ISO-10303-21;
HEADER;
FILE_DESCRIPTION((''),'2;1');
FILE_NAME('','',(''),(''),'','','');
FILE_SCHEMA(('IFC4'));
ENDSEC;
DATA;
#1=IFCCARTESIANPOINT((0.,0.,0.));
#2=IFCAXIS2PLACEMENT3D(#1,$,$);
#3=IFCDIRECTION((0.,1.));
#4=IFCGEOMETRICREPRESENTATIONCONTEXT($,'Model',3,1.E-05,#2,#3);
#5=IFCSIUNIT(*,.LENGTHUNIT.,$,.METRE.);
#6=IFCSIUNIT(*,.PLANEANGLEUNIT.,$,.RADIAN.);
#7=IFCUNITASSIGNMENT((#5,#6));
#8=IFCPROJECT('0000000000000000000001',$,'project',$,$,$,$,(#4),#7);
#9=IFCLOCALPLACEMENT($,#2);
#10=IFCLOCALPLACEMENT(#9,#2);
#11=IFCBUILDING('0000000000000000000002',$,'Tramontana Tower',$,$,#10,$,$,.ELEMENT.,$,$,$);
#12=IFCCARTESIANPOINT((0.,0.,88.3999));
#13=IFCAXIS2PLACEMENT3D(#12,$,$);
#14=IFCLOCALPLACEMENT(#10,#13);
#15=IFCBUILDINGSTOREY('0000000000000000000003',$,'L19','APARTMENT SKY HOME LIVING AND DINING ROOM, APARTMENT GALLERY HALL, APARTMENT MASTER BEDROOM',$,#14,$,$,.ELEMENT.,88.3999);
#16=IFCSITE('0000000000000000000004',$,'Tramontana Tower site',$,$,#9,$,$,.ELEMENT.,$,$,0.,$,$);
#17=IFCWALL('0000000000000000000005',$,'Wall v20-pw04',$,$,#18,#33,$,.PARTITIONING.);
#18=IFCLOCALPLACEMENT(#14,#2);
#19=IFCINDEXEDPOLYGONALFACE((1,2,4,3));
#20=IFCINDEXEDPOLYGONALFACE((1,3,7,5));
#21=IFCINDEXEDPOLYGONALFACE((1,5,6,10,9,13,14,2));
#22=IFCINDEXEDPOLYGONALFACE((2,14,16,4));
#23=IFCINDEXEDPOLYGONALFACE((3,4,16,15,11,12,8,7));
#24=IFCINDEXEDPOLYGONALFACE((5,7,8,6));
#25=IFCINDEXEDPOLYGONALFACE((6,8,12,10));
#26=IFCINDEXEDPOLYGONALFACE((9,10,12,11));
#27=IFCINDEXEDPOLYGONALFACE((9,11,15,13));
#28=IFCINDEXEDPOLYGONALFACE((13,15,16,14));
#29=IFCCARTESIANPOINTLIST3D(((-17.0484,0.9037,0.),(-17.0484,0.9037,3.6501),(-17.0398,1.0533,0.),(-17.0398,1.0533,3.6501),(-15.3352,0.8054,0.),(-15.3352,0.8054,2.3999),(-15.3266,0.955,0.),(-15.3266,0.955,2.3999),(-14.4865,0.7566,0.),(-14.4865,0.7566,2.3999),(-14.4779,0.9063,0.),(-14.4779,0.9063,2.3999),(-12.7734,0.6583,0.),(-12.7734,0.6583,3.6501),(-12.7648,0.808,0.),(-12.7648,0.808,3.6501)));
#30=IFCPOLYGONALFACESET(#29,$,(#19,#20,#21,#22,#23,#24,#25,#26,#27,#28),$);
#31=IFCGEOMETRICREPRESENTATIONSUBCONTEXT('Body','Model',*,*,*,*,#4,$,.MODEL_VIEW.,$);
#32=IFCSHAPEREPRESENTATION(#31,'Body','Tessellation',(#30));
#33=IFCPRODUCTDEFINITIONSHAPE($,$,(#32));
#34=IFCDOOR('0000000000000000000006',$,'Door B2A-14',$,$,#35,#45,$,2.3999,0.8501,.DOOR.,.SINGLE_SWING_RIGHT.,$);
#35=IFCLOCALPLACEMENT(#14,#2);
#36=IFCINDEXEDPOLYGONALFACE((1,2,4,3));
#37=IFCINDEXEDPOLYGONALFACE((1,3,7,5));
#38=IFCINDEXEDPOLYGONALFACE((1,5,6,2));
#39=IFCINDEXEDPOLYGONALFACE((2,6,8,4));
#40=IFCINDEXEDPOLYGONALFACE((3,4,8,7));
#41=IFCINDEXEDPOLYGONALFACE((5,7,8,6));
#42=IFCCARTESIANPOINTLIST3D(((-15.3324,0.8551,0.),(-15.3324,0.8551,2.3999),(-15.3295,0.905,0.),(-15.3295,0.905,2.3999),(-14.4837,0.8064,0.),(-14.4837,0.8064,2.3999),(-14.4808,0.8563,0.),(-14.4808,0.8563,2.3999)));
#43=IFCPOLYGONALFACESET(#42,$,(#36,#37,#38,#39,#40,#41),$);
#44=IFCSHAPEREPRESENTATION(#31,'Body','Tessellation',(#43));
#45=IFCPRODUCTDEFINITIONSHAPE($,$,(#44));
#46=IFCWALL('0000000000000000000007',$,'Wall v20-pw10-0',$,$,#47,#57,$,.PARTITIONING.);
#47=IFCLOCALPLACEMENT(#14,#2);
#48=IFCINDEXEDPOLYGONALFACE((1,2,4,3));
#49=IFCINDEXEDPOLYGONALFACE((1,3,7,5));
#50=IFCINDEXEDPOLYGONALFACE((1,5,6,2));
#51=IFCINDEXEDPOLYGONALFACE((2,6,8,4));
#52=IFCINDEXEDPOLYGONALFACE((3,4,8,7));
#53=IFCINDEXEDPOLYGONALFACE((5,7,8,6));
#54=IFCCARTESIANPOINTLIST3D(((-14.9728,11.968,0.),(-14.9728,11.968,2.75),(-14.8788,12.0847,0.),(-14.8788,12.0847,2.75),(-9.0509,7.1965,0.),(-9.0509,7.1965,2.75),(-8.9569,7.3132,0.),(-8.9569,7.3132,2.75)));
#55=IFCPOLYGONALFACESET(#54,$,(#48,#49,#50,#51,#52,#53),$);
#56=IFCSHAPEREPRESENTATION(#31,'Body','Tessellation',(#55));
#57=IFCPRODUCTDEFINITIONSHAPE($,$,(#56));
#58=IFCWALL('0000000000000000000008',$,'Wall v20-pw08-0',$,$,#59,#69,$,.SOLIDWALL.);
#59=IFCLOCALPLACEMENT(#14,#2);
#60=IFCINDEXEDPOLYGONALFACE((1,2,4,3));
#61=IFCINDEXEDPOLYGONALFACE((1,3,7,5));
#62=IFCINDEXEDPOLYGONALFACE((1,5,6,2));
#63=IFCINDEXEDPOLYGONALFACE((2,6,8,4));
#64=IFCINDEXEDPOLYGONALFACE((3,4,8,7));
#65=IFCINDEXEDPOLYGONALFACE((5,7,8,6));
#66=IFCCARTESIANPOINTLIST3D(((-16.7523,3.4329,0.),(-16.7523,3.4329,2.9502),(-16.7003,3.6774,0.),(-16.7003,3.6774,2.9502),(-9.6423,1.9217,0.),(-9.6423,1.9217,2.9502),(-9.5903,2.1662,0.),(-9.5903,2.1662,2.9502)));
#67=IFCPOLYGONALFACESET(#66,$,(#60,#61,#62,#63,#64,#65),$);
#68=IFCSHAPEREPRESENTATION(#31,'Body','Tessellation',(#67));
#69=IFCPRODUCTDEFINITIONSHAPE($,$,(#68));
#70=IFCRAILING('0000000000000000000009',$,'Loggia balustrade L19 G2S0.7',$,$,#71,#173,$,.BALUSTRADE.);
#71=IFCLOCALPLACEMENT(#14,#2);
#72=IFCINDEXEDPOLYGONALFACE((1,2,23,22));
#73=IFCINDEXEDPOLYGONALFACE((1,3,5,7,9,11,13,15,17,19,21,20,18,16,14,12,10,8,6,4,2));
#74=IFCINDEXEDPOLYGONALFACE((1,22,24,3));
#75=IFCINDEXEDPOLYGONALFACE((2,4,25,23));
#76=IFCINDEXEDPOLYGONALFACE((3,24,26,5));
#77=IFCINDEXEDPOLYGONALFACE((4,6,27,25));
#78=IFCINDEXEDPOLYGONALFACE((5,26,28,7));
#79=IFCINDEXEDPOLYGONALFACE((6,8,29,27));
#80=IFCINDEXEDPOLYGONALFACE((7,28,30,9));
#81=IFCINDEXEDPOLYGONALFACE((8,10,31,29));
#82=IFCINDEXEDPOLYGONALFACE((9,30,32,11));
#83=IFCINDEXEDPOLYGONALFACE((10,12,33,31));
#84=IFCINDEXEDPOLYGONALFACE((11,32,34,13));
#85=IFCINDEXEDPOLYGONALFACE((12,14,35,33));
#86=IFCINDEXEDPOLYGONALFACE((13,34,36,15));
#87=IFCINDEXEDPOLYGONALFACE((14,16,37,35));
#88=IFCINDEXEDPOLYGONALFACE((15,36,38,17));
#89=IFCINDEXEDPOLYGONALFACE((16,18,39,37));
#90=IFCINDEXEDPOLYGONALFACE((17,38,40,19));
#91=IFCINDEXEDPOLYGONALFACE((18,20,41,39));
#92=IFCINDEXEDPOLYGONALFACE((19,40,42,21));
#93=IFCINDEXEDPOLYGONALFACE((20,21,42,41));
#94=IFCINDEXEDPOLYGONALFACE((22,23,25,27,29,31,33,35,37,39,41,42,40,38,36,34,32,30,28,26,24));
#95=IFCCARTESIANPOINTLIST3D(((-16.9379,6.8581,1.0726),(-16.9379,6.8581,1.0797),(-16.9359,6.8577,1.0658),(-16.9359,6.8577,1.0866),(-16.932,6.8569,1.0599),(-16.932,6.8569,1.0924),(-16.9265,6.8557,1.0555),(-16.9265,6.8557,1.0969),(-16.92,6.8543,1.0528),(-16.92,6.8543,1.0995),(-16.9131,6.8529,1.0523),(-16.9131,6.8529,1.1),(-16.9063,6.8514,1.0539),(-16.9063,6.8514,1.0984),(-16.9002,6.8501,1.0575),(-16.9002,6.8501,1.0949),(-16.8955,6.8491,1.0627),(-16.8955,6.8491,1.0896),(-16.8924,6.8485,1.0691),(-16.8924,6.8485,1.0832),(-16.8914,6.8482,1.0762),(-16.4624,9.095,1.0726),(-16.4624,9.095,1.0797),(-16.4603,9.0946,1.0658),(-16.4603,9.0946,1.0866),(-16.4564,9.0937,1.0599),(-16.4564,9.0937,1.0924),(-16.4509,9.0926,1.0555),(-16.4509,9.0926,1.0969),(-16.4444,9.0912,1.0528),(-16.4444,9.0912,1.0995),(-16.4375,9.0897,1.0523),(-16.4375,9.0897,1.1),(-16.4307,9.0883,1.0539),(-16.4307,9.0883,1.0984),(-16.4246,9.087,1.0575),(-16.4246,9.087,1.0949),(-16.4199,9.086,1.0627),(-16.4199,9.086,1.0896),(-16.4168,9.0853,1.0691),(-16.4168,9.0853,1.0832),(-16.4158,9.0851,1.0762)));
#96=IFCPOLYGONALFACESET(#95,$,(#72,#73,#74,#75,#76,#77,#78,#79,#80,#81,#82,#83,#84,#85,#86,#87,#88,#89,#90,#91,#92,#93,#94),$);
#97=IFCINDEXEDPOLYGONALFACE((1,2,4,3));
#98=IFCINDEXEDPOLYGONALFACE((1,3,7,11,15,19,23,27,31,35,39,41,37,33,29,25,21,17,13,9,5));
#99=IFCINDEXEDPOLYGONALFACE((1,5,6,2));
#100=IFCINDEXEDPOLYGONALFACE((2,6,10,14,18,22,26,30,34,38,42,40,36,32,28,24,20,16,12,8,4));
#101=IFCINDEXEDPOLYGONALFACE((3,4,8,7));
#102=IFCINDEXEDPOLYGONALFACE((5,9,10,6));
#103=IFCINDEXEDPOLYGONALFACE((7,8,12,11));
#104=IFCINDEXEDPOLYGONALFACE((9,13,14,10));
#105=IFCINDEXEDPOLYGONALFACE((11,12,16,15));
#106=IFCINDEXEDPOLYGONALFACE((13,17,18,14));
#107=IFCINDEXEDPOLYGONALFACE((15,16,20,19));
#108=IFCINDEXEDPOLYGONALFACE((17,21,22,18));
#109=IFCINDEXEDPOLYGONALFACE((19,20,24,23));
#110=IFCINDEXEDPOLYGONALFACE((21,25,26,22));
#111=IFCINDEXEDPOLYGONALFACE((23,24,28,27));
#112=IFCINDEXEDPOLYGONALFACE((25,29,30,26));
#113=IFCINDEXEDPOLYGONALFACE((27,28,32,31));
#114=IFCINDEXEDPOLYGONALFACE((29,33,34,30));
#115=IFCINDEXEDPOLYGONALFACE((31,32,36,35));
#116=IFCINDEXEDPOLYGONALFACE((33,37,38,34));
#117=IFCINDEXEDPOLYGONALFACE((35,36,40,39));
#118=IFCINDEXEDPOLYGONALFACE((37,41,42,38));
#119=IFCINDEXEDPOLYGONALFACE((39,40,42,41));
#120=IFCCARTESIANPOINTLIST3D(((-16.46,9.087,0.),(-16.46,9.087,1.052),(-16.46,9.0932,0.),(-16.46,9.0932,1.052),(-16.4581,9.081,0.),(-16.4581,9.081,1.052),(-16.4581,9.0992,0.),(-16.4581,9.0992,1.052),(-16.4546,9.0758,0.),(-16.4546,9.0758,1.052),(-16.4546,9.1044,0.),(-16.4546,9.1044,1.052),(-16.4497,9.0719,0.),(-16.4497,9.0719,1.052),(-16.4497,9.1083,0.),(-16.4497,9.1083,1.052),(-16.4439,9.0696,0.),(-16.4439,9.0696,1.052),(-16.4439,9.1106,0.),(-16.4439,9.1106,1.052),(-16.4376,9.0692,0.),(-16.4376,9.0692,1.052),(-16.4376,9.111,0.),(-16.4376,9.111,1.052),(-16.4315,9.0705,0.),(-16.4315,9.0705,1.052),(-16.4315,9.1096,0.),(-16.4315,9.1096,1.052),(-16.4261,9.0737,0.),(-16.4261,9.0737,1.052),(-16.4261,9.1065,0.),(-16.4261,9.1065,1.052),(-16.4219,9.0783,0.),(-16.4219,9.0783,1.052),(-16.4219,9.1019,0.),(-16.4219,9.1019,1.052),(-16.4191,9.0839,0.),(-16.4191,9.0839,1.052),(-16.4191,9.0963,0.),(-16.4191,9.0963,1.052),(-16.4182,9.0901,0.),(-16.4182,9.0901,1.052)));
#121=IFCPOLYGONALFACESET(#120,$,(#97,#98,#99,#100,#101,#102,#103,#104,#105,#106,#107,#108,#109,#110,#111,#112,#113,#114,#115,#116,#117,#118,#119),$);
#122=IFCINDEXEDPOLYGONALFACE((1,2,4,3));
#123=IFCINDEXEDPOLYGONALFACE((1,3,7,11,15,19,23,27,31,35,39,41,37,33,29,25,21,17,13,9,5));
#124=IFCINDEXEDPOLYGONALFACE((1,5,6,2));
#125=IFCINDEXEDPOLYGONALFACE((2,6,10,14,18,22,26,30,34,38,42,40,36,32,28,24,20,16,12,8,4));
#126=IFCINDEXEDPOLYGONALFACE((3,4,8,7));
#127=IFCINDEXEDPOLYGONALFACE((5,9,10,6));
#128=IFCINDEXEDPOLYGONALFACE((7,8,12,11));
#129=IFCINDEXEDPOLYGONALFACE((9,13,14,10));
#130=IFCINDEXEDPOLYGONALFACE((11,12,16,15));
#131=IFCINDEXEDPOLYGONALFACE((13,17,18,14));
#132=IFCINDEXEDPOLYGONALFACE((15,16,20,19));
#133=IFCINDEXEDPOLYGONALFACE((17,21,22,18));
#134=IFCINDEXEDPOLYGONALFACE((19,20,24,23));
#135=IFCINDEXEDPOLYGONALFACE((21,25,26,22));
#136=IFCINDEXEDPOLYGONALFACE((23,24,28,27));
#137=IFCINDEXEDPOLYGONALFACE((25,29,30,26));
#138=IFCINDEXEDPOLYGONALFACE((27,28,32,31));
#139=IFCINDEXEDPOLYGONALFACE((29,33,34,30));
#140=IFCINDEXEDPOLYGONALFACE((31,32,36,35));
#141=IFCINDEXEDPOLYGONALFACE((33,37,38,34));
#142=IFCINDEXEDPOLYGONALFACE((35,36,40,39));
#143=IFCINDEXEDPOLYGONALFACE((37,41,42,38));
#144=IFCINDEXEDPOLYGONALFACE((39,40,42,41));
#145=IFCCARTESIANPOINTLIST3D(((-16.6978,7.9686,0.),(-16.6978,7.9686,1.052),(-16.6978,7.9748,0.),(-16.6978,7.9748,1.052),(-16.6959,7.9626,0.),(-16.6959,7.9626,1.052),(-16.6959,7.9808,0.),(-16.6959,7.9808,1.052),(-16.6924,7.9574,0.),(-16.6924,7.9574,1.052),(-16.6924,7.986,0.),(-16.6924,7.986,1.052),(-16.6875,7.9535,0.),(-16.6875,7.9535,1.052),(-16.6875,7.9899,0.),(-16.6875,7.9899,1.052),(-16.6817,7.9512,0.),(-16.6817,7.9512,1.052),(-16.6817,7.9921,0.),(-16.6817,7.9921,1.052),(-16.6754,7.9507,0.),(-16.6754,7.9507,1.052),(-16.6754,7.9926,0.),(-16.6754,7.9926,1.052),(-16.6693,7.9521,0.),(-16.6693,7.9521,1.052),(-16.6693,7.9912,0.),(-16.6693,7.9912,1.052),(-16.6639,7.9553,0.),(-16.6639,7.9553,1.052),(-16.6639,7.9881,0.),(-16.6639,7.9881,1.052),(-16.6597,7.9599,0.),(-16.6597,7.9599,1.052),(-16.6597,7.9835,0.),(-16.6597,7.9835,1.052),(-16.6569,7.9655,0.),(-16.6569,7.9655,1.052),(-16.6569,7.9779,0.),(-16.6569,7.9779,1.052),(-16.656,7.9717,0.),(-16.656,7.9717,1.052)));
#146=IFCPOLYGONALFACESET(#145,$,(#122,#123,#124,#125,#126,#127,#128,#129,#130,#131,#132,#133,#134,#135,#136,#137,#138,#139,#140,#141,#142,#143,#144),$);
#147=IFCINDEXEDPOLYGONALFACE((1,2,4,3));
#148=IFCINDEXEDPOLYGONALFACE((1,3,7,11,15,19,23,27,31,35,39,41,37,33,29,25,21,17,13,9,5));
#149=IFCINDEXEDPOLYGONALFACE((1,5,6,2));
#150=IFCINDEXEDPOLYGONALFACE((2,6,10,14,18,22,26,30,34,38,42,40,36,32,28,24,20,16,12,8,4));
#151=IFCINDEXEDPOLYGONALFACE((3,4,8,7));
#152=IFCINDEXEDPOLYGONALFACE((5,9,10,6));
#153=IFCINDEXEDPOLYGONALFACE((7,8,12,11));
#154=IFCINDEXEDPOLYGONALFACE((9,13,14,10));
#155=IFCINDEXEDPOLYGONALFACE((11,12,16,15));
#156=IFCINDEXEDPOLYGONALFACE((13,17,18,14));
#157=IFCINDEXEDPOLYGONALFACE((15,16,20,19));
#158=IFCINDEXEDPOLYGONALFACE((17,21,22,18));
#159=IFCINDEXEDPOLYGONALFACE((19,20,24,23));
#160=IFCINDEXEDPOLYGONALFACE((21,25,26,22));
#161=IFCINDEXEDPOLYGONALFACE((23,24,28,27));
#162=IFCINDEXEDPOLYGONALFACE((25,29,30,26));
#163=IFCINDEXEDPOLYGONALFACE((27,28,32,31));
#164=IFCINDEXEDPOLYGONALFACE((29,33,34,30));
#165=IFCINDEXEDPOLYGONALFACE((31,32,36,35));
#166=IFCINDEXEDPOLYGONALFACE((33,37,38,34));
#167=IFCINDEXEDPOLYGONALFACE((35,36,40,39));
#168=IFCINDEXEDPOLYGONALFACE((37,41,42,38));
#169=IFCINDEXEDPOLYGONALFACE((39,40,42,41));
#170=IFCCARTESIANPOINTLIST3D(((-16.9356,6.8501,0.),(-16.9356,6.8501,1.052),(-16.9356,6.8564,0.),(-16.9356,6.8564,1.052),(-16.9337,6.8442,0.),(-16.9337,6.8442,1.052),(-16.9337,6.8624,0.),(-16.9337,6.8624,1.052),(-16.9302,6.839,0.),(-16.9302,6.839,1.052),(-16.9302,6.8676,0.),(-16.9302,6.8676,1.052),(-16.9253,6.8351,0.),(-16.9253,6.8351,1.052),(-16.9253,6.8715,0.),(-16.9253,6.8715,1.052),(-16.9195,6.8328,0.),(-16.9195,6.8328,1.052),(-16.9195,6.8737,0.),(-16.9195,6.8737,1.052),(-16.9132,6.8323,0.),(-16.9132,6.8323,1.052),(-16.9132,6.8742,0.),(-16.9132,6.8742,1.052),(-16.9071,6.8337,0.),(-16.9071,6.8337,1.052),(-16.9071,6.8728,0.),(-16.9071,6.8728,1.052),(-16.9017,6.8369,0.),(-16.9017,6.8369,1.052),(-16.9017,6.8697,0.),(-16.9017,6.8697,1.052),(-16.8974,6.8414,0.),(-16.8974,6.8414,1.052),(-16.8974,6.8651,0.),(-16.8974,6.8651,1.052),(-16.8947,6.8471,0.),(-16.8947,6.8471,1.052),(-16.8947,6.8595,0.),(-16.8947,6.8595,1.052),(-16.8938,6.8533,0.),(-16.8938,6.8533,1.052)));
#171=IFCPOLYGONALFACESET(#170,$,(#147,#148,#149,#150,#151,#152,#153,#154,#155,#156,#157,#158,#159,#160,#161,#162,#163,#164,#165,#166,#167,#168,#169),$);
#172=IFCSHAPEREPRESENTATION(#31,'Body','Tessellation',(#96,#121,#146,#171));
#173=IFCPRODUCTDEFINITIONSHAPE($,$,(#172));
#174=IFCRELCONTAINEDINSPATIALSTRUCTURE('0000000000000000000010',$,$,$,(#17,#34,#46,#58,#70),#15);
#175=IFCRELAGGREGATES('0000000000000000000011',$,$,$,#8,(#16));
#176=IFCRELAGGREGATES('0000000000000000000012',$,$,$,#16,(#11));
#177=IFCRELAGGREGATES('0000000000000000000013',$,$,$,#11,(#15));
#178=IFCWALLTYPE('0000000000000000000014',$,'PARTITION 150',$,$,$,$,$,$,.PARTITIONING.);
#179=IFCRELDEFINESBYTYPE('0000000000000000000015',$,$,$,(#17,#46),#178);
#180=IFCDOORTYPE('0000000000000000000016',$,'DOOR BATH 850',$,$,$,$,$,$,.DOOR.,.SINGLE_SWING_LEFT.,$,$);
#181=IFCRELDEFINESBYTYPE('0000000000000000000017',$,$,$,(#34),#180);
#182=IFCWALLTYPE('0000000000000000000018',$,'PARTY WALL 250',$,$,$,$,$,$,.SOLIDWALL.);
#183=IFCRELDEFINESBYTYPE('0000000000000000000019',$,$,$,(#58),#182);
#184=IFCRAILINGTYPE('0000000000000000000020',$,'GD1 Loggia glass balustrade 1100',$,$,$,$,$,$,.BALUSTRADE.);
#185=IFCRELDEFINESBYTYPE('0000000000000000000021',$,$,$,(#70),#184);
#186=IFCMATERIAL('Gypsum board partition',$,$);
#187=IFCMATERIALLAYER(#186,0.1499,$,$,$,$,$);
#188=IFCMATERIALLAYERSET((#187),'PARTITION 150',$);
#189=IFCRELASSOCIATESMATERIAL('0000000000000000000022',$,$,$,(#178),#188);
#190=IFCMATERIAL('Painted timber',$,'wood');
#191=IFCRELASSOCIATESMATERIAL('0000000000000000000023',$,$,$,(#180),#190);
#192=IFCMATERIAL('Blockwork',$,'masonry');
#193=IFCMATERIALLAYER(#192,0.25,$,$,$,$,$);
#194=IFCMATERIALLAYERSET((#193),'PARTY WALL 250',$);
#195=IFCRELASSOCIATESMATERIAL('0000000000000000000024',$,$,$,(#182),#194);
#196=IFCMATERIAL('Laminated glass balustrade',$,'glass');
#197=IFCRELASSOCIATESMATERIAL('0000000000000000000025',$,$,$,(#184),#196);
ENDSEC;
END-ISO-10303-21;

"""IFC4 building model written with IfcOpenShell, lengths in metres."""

from ifc_helpers import new_model, si_unit, direction, frame, frame_2d, origin, origin_2d, place, context, subcontext, project, spatial, rectangle, circle, extrude, material, layer, layer_set, type_object, element, fill, save


model = new_model("IFC4")

# Units and contexts
model_context = context("Model", 3, precision=1e-05, world=origin(), true_north=direction((0.0, 1.0)))
body_context = subcontext(model_context, "Body", "Model", "MODEL_VIEW")
ifc_project = project(units=[si_unit("LENGTHUNIT", "METRE"), si_unit("PLANEANGLEUNIT", "RADIAN")], contexts=[model_context])

# Site, building, storey
site_placement = place(None, origin())
site = spatial("IfcSite", under=ifc_project, at=site_placement, Name="Tramontana Tower site", CompositionType="ELEMENT", RefElevation=0.0)
building_placement = place(site_placement, origin())
building = spatial("IfcBuilding", under=site, at=building_placement, Name="Tramontana Tower", CompositionType="ELEMENT")
storey_placement = place(building_placement, frame((0.0, 0.0, 88.3999)))
storey = spatial("IfcBuildingStorey", under=building, at=storey_placement, Name="L19", Description="APARTMENT SKY HOME LIVING AND DINING ROOM, APARTMENT GALLERY HALL, APARTMENT MASTER BEDROOM", CompositionType="ELEMENT", Elevation=88.3999)

# Shared definitions
ifc_material_1 = material(Name="Gypsum board partition")
ifc_layer_1 = layer(ifc_material_1, 0.1499)
ifc_layer_set_1 = layer_set([ifc_layer_1], Name="PARTITION 150")
wall_type_1 = type_object("IfcWallType", Name="PARTITION 150", PredefinedType="PARTITIONING", material=ifc_layer_set_1)

# Wall, opening, door
wall_1_placement = place(storey_placement, frame((-17.0442, 0.9785, 0.0), z_axis=(0.0, 0.0, 1.0), x_axis=(0.998357, -0.057301, 0.0)))
wall_1 = element("IfcWall", 1, at=wall_1_placement, inside=storey, type_object=wall_type_1, Name="Wall v20-pw04", PredefinedType="PARTITIONING", context=body_context, shape_type="SweptSolid", body=[
    extrude(rectangle(XDim=4.282, YDim=0.1499, at=frame_2d((2.1411, 0.0))), origin(), (0.0, 0.0, 1.0), 3.6501),
])
opening_1_placement = place(wall_1_placement, frame((1.7161, 0.0, 0.0)))
opening_1 = element("IfcOpeningElement", 2, at=opening_1_placement, cuts=wall_1, PredefinedType="OPENING", context=body_context, shape_type="SweptSolid", body=[
    extrude(rectangle(XDim=0.8501, YDim=2.3999, at=frame_2d((0.425, 1.2))), frame((0.0, 0.085, 0.0), z_axis=(0.0, -1.0, 0.0), x_axis=(1.0, 0.0, 0.0)), (0.0, 0.0, 1.0), 0.1699),
])
ifc_material_2 = material(Name="Painted timber", Category="wood")
door_type_1 = type_object("IfcDoorType", Name="DOOR BATH 850", OperationType="SINGLE_SWING_LEFT", PredefinedType="DOOR", material=ifc_material_2)
door_1_placement = place(opening_1_placement, origin())
door_1 = element("IfcDoor", 3, at=door_1_placement, inside=storey, type_object=door_type_1, Name="Door B2A-14", OperationType="SINGLE_SWING_RIGHT", OverallHeight=2.3999, OverallWidth=0.8501, PredefinedType="DOOR", context=body_context, shape_type="SweptSolid", body=[
    extrude(rectangle(XDim=0.8501, YDim=2.3999, at=frame_2d((0.425, 1.2))), frame((0.0, 0.0249, 0.0), z_axis=(0.0, -1.0, 0.0), x_axis=(1.0, 0.0, 0.0)), (0.0, 0.0, 1.0), 0.05),
])
fill(opening_1, door_1)

# Walls
wall_2_placement = place(storey_placement, frame((-9.0039, 7.2549, 0.0), z_axis=(0.0, 0.0, 1.0), x_axis=(-0.778684, 0.627416, 0.0)))
element("IfcWall", 4, at=wall_2_placement, inside=storey, type_object=wall_type_1, Name="Wall v20-pw10-0", PredefinedType="PARTITIONING", context=body_context, shape_type="SweptSolid", body=[
    extrude(rectangle(XDim=7.605, YDim=0.1499, at=frame_2d((3.8025, 0.0))), origin(), (0.0, 0.0, 1.0), 2.75),
])
ifc_material_3 = material(Name="Blockwork", Category="masonry")
ifc_layer_2 = layer(ifc_material_3, 0.25)
ifc_layer_set_2 = layer_set([ifc_layer_2], Name="PARTY WALL 250")
wall_type_2 = type_object("IfcWallType", Name="PARTY WALL 250", PredefinedType="SOLIDWALL", material=ifc_layer_set_2)
wall_3_placement = place(storey_placement, frame((-9.6165, 2.0439, 0.0), z_axis=(0.0, 0.0, 1.0), x_axis=(-0.978148, 0.207909, 0.0)))
element("IfcWall", 5, at=wall_3_placement, inside=storey, type_object=wall_type_2, Name="Wall v20-pw08-0", PredefinedType="SOLIDWALL", context=body_context, shape_type="SweptSolid", body=[
    extrude(rectangle(XDim=7.2688, YDim=0.25, at=frame_2d((3.6343, 0.0))), origin(), (0.0, 0.0, 1.0), 2.9502),
])

# Railing
ifc_material_4 = material(Name="Laminated glass balustrade", Category="glass")
railing_type = type_object("IfcRailingType", Name="GD1 Loggia glass balustrade 1100", PredefinedType="BALUSTRADE", material=ifc_material_4)
railing_placement = place(storey_placement, frame((-16.4392, 9.0901, 0.0)))
element("IfcRailing", 6, at=railing_placement, inside=storey, type_object=railing_type, Name="Loggia balustrade L19 G2S0.7", PredefinedType="BALUSTRADE", context=body_context, shape_type="SweptSolid", body=[
    extrude(circle(Radius=0.0239, at=origin_2d()), frame((0.0, 0.0, 1.0762), z_axis=(-0.207969, -0.978136, 0.0), x_axis=(0.978136, -0.207969, 0.0)), (0.0, 0.0, 1.0), 2.2869),
    extrude(circle(Radius=0.021, at=origin_2d()), origin(), (0.0, 0.0, 1.0), 1.052),
    extrude(circle(Radius=0.021, at=origin_2d()), frame((-0.2378, -1.1184, 0.0)), (0.0, 0.0, 1.0), 1.052),
    extrude(circle(Radius=0.021, at=origin_2d()), frame((-0.4756, -2.2368, 0.0)), (0.0, 0.0, 1.0), 1.052),
])

save(model, "model.ifc")
